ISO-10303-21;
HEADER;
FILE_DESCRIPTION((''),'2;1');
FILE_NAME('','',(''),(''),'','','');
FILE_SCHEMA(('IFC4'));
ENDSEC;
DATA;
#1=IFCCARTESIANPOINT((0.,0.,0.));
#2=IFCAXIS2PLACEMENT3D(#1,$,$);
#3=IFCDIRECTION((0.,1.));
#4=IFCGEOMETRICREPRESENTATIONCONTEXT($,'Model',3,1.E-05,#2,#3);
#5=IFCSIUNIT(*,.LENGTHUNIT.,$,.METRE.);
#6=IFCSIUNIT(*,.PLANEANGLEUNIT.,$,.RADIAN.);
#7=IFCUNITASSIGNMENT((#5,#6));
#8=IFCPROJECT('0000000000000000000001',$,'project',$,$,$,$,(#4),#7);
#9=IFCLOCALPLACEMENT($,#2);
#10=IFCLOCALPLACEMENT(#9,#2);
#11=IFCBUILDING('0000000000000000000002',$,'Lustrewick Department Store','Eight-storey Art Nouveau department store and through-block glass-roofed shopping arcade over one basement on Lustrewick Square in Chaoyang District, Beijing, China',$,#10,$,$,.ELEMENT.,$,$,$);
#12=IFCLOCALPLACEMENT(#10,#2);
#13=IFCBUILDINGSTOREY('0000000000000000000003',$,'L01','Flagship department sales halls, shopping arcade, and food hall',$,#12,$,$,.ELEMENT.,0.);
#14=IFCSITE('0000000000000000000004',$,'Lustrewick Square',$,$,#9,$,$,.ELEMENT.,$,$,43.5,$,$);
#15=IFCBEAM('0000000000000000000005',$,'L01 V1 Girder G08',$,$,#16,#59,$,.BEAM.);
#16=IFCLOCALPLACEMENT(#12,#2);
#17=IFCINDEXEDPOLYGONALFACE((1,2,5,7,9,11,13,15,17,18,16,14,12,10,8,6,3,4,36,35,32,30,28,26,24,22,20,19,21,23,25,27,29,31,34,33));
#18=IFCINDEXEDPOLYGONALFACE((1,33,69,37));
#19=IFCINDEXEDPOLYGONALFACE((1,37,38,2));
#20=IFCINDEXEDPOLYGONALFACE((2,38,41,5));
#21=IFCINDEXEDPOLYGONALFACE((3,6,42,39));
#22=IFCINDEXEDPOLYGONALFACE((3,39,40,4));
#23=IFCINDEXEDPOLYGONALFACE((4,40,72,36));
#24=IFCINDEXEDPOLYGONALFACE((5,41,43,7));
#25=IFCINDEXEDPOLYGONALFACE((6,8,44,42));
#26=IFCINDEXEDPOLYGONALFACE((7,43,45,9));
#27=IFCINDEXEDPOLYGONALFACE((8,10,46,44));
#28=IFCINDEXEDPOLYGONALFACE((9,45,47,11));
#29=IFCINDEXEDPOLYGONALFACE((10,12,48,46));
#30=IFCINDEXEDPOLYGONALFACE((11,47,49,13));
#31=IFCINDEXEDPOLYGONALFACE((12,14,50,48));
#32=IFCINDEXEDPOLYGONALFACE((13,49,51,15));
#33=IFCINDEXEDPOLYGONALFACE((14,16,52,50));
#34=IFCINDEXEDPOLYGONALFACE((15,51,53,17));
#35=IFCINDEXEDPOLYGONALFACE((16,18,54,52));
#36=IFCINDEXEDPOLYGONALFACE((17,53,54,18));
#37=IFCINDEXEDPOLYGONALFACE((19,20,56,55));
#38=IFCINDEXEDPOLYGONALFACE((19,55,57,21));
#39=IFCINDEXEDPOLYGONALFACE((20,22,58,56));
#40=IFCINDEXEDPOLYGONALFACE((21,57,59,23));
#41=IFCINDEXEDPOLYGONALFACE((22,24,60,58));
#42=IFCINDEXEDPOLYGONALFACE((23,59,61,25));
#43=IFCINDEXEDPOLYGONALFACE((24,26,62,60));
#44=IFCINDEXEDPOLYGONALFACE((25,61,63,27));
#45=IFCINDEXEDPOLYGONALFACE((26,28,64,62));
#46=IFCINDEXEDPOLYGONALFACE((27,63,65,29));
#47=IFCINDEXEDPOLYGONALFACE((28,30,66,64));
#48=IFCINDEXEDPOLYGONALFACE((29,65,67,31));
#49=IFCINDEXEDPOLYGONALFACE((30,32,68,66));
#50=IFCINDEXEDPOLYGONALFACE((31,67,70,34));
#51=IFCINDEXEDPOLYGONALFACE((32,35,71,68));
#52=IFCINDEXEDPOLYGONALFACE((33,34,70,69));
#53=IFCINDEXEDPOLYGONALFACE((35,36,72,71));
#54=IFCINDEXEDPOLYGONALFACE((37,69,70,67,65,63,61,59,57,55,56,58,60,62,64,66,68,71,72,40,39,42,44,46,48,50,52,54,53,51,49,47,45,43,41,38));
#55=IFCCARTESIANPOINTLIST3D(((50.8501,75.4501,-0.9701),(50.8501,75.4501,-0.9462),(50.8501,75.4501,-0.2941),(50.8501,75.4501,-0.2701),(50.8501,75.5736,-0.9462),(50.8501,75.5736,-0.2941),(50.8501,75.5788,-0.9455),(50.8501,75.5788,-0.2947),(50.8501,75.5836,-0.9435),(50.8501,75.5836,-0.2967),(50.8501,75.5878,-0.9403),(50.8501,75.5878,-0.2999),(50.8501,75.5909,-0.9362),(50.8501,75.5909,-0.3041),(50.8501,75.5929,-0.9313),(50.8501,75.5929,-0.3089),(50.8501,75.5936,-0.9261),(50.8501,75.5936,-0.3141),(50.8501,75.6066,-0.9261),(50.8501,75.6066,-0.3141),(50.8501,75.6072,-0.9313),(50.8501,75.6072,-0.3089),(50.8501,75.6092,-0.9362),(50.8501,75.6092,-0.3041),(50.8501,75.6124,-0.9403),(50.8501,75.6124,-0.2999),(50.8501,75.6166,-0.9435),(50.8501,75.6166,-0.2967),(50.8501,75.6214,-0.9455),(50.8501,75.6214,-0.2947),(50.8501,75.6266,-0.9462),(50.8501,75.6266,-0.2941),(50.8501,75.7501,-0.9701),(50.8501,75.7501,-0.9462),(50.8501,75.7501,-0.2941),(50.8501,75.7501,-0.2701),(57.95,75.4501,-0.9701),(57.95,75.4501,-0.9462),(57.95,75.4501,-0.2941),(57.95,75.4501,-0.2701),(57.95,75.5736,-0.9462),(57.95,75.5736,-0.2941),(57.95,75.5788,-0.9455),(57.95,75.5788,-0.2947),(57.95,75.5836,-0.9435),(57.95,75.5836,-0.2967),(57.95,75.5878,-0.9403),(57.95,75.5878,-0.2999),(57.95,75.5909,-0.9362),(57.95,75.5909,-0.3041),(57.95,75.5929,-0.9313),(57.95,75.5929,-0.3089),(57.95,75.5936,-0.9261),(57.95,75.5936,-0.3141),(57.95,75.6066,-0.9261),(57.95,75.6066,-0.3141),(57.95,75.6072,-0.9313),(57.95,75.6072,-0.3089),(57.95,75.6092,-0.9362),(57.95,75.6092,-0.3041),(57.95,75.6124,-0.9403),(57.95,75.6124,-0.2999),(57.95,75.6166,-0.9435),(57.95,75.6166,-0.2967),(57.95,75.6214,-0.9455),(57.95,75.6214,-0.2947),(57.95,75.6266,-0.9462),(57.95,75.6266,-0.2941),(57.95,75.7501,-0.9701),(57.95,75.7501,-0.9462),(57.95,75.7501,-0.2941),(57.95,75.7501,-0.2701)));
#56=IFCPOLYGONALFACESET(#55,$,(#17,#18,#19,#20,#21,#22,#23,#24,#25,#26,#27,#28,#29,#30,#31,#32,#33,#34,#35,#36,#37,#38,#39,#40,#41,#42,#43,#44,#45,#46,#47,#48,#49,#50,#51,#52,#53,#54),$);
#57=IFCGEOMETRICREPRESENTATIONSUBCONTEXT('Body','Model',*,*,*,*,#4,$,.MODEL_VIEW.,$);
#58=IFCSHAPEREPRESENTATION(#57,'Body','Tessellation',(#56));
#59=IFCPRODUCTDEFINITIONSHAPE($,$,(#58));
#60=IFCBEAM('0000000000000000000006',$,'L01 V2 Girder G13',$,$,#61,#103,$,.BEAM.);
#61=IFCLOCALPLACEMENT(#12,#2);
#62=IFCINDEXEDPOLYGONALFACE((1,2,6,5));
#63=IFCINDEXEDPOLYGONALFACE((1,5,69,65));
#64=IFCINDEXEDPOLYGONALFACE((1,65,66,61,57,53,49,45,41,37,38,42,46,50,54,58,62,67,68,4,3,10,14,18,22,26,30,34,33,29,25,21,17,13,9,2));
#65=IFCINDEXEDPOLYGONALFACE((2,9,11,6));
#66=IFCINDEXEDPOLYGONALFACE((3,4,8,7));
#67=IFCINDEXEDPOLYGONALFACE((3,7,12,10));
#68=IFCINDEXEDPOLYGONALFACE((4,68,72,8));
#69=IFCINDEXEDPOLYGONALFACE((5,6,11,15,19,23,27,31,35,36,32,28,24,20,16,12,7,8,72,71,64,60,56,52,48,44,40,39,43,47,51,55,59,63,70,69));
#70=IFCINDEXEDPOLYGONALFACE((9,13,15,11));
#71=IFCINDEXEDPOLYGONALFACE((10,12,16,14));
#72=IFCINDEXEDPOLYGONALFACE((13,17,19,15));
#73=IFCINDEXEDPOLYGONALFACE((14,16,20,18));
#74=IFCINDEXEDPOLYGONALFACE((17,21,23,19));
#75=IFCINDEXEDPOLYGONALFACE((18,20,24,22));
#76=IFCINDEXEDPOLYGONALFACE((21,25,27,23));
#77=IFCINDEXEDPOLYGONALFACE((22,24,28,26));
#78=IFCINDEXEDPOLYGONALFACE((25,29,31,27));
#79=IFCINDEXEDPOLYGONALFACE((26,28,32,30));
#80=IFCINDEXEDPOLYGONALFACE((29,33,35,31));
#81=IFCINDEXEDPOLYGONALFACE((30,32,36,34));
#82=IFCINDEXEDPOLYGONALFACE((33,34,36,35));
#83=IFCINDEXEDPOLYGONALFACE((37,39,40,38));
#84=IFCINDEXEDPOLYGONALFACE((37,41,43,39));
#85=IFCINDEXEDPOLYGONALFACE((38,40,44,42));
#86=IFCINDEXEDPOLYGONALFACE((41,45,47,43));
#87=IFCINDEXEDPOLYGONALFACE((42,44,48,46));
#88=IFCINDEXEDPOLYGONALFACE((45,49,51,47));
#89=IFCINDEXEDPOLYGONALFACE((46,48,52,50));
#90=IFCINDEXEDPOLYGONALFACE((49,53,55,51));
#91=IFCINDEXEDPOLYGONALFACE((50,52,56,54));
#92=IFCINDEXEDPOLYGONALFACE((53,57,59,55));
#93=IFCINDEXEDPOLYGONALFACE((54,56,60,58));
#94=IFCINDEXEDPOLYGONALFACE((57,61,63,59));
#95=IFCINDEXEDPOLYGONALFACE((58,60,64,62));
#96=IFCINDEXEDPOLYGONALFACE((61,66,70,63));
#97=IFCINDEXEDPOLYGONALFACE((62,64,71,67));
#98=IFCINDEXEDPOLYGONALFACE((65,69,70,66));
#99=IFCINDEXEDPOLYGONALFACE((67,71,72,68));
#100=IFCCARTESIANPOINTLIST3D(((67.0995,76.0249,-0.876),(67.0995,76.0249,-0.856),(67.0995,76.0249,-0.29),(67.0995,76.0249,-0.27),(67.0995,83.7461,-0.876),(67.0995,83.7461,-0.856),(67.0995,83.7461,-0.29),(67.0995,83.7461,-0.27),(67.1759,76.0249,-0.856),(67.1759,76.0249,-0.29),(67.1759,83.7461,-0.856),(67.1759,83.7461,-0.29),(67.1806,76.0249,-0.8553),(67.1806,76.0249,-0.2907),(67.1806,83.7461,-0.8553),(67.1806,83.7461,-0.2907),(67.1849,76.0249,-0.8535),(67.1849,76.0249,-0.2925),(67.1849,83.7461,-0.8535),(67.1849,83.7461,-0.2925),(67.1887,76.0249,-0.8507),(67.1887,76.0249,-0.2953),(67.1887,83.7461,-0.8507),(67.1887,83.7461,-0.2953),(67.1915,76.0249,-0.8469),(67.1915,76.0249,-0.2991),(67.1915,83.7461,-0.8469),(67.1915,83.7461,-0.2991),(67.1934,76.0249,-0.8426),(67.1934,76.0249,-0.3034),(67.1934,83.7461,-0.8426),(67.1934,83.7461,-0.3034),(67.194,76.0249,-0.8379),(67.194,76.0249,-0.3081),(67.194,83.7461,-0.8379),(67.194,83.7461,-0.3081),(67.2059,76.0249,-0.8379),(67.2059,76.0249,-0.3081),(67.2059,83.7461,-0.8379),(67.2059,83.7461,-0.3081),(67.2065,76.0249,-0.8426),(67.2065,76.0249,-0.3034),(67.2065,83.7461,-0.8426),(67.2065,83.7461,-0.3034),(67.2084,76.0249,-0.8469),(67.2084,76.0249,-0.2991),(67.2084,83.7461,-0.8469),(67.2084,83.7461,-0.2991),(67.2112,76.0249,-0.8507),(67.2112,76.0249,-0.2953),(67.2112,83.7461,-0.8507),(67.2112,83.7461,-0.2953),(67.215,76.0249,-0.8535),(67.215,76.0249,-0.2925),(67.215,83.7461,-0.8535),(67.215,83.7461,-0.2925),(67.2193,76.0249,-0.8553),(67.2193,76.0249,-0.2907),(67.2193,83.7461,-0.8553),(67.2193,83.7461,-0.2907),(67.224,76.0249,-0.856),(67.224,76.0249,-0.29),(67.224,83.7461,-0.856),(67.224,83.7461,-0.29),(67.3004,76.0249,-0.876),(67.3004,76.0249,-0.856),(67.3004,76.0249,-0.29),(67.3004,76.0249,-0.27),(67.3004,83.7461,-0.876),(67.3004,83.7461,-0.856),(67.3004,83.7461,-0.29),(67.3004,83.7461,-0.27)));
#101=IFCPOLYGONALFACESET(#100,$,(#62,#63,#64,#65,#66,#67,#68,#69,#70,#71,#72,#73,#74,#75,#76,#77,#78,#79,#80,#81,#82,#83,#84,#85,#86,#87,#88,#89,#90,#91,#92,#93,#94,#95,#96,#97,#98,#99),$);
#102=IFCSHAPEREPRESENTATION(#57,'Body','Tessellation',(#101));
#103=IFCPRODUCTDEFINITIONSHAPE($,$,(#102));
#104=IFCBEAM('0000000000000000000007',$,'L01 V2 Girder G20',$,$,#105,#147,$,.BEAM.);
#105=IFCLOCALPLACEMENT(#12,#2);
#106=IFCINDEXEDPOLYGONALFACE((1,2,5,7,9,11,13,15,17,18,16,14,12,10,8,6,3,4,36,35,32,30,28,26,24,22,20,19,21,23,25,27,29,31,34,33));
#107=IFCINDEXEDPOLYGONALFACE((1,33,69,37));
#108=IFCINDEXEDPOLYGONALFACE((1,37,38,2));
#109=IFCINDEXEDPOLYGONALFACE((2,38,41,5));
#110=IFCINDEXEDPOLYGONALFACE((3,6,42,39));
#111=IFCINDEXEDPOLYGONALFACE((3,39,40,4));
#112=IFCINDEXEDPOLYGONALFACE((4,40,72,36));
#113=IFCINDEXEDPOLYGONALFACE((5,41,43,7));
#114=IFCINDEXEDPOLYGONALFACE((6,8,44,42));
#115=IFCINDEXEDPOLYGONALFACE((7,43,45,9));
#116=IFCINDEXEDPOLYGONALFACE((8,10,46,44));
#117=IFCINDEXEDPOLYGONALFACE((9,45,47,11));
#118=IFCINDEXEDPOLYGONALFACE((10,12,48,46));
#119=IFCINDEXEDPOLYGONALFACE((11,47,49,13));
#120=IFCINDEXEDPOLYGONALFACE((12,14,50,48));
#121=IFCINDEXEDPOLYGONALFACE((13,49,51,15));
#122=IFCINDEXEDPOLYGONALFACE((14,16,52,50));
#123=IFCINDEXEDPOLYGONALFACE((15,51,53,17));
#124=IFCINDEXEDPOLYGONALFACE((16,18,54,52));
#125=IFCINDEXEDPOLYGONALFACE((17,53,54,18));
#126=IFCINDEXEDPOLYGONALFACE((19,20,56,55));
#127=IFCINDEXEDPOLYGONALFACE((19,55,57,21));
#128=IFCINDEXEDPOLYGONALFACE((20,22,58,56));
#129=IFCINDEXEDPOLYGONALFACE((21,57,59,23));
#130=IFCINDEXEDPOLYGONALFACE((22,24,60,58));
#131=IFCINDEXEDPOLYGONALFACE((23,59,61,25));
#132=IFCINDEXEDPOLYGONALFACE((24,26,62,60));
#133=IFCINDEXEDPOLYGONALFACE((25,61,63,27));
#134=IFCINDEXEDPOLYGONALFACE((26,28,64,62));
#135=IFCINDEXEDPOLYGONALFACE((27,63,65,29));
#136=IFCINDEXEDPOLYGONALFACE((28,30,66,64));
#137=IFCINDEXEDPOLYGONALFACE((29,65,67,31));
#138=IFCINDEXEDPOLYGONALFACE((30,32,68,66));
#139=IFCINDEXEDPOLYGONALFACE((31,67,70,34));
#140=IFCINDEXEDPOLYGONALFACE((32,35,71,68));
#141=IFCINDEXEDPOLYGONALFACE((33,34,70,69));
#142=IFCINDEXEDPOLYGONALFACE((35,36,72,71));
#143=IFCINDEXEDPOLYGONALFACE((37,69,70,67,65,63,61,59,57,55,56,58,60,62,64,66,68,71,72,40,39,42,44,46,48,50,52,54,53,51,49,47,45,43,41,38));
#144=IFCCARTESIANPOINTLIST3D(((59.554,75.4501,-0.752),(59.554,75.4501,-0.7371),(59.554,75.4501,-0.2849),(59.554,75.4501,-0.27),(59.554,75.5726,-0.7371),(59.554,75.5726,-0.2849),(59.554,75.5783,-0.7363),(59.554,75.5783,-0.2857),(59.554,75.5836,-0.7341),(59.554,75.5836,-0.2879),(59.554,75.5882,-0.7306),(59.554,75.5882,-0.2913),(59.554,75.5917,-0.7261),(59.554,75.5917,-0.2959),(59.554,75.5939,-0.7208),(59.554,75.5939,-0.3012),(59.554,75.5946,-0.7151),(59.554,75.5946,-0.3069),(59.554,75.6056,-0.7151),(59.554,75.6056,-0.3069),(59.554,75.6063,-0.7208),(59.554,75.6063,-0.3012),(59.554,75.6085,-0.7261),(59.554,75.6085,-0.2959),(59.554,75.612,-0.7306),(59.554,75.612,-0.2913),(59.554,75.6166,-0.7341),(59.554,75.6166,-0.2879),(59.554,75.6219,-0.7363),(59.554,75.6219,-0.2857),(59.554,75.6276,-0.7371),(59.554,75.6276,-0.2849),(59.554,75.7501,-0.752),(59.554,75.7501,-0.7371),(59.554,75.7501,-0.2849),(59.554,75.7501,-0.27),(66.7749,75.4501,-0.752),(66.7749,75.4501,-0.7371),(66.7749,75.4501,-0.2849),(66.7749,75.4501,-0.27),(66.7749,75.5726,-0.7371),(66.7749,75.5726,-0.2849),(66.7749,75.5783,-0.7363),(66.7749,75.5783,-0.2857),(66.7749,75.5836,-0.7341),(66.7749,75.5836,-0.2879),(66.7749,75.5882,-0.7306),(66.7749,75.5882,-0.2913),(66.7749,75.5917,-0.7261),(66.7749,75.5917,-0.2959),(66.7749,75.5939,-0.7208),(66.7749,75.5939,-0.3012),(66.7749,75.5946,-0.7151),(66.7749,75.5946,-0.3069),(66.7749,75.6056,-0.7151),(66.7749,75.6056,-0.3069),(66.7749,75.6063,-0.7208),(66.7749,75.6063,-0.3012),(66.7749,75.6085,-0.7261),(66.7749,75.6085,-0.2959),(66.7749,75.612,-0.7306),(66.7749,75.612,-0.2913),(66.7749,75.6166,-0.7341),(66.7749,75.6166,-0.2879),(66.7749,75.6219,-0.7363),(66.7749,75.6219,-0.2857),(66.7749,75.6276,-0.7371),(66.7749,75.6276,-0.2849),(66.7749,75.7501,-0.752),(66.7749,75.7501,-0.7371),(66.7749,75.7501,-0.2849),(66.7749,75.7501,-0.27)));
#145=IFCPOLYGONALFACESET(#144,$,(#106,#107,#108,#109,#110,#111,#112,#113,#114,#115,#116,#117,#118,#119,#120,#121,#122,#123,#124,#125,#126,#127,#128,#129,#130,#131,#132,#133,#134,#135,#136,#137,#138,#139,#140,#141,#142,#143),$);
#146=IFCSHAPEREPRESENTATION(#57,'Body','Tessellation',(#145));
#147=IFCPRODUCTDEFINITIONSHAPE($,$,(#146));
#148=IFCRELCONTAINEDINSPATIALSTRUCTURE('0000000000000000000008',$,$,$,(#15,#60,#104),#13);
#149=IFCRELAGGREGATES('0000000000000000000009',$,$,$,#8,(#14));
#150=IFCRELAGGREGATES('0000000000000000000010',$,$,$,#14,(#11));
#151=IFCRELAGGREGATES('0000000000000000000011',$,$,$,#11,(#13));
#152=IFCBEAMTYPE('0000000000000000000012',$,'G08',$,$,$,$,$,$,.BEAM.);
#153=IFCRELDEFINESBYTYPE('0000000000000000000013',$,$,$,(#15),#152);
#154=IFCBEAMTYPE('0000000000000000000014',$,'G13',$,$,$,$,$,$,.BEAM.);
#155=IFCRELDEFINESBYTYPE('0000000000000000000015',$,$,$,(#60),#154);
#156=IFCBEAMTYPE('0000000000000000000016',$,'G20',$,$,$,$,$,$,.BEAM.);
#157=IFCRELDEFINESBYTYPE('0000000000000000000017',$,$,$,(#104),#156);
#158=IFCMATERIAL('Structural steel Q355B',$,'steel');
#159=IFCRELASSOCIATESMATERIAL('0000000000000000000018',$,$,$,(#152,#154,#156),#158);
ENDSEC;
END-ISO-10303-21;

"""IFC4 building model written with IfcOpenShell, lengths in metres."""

from ifc_helpers import new_model, si_unit, direction, frame, origin, origin_2d, place, context, subcontext, project, spatial, i_section, extrude, material, material_profile, profile_set, type_object, element, save


model = new_model("IFC4")

# Units and contexts
model_context = context("Model", 3, precision=1e-05, world=origin(), true_north=direction((0.0, 1.0)))
body_context = subcontext(model_context, "Body", "Model", "MODEL_VIEW")
ifc_project = project(units=[si_unit("LENGTHUNIT", "METRE"), si_unit("PLANEANGLEUNIT", "RADIAN")], contexts=[model_context])

# Site, building, storey
site_placement = place(None, origin())
site = spatial("IfcSite", under=ifc_project, at=site_placement, Name="Lustrewick Square", CompositionType="ELEMENT", RefElevation=43.5)
building_placement = place(site_placement, origin())
building = spatial("IfcBuilding", under=site, at=building_placement, Name="Lustrewick Department Store", Description="Eight-storey Art Nouveau department store and through-block glass-roofed shopping arcade over one basement on Lustrewick Square in Chaoyang District, Beijing, China", CompositionType="ELEMENT")
storey_placement = place(building_placement, origin())
storey = spatial("IfcBuildingStorey", under=building, at=storey_placement, Name="L01", Description="Flagship department sales halls, shopping arcade, and food hall", CompositionType="ELEMENT", Elevation=0.0)

# Beams
ifc_material_1 = material(Name="Structural steel Q355B", Category="steel")
ifc_material_profile_1 = material_profile(ifc_material_1, i_section(OverallWidth=0.3, OverallDepth=0.7, WebThickness=0.0129, FlangeThickness=0.0239, FilletRadius=0.02, at=origin_2d()), Name="HN 700x300x13x24")
ifc_profile_set_1 = profile_set([ifc_material_profile_1], Name="Structural steel Q355B")
beam_type_1 = type_object("IfcBeamType", Name="G08", PredefinedType="BEAM", material=ifc_profile_set_1)
beam_1_placement = place(storey_placement, frame((50.8501, 75.6001, -0.6201), z_axis=(1.0, 0.0, 0.0), x_axis=(0.0, 1.0, 0.0)))
element("IfcBeam", 1, at=beam_1_placement, inside=storey, type_object=beam_type_1, Name="L01 V1 Girder G08", PredefinedType="BEAM", context=body_context, shape_type="SweptSolid", body=[
    extrude(i_section(OverallWidth=0.3, OverallDepth=0.7, WebThickness=0.0129, FlangeThickness=0.0239, FilletRadius=0.02, at=origin_2d()), origin(), (0.0, 0.0, 1.0), 7.0999),
])
ifc_material_profile_2 = material_profile(ifc_material_1, i_section(OverallWidth=0.2009, OverallDepth=0.606, WebThickness=0.012, FlangeThickness=0.02, FilletRadius=0.0181, at=origin_2d()), Name="HN 606x201x12x20")
ifc_profile_set_2 = profile_set([ifc_material_profile_2], Name="Structural steel Q355B")
beam_type_2 = type_object("IfcBeamType", Name="G13", PredefinedType="BEAM", material=ifc_profile_set_2)
beam_2_placement = place(storey_placement, frame((67.2, 76.0249, -0.573), z_axis=(0.0, 1.0, 0.0), x_axis=(-1.0, 0.0, 0.0)))
element("IfcBeam", 2, at=beam_2_placement, inside=storey, type_object=beam_type_2, Name="L01 V2 Girder G13", PredefinedType="BEAM", context=body_context, shape_type="SweptSolid", body=[
    extrude(i_section(OverallWidth=0.2009, OverallDepth=0.606, WebThickness=0.012, FlangeThickness=0.02, FilletRadius=0.0181, at=origin_2d()), origin(), (0.0, 0.0, 1.0), 7.7212),
])
ifc_material_profile_3 = material_profile(ifc_material_1, i_section(OverallWidth=0.3, OverallDepth=0.4819, WebThickness=0.011, FlangeThickness=0.0149, FilletRadius=0.022, at=origin_2d()), Name="HM 482x300x11x15")
ifc_profile_set_3 = profile_set([ifc_material_profile_3], Name="Structural steel Q355B")
beam_type_3 = type_object("IfcBeamType", Name="G20", PredefinedType="BEAM", material=ifc_profile_set_3)
beam_3_placement = place(storey_placement, frame((59.554, 75.6001, -0.511), z_axis=(1.0, 0.0, 0.0), x_axis=(0.0, 1.0, 0.0)))
element("IfcBeam", 3, at=beam_3_placement, inside=storey, type_object=beam_type_3, Name="L01 V2 Girder G20", PredefinedType="BEAM", context=body_context, shape_type="SweptSolid", body=[
    extrude(i_section(OverallWidth=0.3, OverallDepth=0.4819, WebThickness=0.011, FlangeThickness=0.0149, FilletRadius=0.022, at=origin_2d()), origin(), (0.0, 0.0, 1.0), 7.2209),
])

save(model, "model.ifc")
